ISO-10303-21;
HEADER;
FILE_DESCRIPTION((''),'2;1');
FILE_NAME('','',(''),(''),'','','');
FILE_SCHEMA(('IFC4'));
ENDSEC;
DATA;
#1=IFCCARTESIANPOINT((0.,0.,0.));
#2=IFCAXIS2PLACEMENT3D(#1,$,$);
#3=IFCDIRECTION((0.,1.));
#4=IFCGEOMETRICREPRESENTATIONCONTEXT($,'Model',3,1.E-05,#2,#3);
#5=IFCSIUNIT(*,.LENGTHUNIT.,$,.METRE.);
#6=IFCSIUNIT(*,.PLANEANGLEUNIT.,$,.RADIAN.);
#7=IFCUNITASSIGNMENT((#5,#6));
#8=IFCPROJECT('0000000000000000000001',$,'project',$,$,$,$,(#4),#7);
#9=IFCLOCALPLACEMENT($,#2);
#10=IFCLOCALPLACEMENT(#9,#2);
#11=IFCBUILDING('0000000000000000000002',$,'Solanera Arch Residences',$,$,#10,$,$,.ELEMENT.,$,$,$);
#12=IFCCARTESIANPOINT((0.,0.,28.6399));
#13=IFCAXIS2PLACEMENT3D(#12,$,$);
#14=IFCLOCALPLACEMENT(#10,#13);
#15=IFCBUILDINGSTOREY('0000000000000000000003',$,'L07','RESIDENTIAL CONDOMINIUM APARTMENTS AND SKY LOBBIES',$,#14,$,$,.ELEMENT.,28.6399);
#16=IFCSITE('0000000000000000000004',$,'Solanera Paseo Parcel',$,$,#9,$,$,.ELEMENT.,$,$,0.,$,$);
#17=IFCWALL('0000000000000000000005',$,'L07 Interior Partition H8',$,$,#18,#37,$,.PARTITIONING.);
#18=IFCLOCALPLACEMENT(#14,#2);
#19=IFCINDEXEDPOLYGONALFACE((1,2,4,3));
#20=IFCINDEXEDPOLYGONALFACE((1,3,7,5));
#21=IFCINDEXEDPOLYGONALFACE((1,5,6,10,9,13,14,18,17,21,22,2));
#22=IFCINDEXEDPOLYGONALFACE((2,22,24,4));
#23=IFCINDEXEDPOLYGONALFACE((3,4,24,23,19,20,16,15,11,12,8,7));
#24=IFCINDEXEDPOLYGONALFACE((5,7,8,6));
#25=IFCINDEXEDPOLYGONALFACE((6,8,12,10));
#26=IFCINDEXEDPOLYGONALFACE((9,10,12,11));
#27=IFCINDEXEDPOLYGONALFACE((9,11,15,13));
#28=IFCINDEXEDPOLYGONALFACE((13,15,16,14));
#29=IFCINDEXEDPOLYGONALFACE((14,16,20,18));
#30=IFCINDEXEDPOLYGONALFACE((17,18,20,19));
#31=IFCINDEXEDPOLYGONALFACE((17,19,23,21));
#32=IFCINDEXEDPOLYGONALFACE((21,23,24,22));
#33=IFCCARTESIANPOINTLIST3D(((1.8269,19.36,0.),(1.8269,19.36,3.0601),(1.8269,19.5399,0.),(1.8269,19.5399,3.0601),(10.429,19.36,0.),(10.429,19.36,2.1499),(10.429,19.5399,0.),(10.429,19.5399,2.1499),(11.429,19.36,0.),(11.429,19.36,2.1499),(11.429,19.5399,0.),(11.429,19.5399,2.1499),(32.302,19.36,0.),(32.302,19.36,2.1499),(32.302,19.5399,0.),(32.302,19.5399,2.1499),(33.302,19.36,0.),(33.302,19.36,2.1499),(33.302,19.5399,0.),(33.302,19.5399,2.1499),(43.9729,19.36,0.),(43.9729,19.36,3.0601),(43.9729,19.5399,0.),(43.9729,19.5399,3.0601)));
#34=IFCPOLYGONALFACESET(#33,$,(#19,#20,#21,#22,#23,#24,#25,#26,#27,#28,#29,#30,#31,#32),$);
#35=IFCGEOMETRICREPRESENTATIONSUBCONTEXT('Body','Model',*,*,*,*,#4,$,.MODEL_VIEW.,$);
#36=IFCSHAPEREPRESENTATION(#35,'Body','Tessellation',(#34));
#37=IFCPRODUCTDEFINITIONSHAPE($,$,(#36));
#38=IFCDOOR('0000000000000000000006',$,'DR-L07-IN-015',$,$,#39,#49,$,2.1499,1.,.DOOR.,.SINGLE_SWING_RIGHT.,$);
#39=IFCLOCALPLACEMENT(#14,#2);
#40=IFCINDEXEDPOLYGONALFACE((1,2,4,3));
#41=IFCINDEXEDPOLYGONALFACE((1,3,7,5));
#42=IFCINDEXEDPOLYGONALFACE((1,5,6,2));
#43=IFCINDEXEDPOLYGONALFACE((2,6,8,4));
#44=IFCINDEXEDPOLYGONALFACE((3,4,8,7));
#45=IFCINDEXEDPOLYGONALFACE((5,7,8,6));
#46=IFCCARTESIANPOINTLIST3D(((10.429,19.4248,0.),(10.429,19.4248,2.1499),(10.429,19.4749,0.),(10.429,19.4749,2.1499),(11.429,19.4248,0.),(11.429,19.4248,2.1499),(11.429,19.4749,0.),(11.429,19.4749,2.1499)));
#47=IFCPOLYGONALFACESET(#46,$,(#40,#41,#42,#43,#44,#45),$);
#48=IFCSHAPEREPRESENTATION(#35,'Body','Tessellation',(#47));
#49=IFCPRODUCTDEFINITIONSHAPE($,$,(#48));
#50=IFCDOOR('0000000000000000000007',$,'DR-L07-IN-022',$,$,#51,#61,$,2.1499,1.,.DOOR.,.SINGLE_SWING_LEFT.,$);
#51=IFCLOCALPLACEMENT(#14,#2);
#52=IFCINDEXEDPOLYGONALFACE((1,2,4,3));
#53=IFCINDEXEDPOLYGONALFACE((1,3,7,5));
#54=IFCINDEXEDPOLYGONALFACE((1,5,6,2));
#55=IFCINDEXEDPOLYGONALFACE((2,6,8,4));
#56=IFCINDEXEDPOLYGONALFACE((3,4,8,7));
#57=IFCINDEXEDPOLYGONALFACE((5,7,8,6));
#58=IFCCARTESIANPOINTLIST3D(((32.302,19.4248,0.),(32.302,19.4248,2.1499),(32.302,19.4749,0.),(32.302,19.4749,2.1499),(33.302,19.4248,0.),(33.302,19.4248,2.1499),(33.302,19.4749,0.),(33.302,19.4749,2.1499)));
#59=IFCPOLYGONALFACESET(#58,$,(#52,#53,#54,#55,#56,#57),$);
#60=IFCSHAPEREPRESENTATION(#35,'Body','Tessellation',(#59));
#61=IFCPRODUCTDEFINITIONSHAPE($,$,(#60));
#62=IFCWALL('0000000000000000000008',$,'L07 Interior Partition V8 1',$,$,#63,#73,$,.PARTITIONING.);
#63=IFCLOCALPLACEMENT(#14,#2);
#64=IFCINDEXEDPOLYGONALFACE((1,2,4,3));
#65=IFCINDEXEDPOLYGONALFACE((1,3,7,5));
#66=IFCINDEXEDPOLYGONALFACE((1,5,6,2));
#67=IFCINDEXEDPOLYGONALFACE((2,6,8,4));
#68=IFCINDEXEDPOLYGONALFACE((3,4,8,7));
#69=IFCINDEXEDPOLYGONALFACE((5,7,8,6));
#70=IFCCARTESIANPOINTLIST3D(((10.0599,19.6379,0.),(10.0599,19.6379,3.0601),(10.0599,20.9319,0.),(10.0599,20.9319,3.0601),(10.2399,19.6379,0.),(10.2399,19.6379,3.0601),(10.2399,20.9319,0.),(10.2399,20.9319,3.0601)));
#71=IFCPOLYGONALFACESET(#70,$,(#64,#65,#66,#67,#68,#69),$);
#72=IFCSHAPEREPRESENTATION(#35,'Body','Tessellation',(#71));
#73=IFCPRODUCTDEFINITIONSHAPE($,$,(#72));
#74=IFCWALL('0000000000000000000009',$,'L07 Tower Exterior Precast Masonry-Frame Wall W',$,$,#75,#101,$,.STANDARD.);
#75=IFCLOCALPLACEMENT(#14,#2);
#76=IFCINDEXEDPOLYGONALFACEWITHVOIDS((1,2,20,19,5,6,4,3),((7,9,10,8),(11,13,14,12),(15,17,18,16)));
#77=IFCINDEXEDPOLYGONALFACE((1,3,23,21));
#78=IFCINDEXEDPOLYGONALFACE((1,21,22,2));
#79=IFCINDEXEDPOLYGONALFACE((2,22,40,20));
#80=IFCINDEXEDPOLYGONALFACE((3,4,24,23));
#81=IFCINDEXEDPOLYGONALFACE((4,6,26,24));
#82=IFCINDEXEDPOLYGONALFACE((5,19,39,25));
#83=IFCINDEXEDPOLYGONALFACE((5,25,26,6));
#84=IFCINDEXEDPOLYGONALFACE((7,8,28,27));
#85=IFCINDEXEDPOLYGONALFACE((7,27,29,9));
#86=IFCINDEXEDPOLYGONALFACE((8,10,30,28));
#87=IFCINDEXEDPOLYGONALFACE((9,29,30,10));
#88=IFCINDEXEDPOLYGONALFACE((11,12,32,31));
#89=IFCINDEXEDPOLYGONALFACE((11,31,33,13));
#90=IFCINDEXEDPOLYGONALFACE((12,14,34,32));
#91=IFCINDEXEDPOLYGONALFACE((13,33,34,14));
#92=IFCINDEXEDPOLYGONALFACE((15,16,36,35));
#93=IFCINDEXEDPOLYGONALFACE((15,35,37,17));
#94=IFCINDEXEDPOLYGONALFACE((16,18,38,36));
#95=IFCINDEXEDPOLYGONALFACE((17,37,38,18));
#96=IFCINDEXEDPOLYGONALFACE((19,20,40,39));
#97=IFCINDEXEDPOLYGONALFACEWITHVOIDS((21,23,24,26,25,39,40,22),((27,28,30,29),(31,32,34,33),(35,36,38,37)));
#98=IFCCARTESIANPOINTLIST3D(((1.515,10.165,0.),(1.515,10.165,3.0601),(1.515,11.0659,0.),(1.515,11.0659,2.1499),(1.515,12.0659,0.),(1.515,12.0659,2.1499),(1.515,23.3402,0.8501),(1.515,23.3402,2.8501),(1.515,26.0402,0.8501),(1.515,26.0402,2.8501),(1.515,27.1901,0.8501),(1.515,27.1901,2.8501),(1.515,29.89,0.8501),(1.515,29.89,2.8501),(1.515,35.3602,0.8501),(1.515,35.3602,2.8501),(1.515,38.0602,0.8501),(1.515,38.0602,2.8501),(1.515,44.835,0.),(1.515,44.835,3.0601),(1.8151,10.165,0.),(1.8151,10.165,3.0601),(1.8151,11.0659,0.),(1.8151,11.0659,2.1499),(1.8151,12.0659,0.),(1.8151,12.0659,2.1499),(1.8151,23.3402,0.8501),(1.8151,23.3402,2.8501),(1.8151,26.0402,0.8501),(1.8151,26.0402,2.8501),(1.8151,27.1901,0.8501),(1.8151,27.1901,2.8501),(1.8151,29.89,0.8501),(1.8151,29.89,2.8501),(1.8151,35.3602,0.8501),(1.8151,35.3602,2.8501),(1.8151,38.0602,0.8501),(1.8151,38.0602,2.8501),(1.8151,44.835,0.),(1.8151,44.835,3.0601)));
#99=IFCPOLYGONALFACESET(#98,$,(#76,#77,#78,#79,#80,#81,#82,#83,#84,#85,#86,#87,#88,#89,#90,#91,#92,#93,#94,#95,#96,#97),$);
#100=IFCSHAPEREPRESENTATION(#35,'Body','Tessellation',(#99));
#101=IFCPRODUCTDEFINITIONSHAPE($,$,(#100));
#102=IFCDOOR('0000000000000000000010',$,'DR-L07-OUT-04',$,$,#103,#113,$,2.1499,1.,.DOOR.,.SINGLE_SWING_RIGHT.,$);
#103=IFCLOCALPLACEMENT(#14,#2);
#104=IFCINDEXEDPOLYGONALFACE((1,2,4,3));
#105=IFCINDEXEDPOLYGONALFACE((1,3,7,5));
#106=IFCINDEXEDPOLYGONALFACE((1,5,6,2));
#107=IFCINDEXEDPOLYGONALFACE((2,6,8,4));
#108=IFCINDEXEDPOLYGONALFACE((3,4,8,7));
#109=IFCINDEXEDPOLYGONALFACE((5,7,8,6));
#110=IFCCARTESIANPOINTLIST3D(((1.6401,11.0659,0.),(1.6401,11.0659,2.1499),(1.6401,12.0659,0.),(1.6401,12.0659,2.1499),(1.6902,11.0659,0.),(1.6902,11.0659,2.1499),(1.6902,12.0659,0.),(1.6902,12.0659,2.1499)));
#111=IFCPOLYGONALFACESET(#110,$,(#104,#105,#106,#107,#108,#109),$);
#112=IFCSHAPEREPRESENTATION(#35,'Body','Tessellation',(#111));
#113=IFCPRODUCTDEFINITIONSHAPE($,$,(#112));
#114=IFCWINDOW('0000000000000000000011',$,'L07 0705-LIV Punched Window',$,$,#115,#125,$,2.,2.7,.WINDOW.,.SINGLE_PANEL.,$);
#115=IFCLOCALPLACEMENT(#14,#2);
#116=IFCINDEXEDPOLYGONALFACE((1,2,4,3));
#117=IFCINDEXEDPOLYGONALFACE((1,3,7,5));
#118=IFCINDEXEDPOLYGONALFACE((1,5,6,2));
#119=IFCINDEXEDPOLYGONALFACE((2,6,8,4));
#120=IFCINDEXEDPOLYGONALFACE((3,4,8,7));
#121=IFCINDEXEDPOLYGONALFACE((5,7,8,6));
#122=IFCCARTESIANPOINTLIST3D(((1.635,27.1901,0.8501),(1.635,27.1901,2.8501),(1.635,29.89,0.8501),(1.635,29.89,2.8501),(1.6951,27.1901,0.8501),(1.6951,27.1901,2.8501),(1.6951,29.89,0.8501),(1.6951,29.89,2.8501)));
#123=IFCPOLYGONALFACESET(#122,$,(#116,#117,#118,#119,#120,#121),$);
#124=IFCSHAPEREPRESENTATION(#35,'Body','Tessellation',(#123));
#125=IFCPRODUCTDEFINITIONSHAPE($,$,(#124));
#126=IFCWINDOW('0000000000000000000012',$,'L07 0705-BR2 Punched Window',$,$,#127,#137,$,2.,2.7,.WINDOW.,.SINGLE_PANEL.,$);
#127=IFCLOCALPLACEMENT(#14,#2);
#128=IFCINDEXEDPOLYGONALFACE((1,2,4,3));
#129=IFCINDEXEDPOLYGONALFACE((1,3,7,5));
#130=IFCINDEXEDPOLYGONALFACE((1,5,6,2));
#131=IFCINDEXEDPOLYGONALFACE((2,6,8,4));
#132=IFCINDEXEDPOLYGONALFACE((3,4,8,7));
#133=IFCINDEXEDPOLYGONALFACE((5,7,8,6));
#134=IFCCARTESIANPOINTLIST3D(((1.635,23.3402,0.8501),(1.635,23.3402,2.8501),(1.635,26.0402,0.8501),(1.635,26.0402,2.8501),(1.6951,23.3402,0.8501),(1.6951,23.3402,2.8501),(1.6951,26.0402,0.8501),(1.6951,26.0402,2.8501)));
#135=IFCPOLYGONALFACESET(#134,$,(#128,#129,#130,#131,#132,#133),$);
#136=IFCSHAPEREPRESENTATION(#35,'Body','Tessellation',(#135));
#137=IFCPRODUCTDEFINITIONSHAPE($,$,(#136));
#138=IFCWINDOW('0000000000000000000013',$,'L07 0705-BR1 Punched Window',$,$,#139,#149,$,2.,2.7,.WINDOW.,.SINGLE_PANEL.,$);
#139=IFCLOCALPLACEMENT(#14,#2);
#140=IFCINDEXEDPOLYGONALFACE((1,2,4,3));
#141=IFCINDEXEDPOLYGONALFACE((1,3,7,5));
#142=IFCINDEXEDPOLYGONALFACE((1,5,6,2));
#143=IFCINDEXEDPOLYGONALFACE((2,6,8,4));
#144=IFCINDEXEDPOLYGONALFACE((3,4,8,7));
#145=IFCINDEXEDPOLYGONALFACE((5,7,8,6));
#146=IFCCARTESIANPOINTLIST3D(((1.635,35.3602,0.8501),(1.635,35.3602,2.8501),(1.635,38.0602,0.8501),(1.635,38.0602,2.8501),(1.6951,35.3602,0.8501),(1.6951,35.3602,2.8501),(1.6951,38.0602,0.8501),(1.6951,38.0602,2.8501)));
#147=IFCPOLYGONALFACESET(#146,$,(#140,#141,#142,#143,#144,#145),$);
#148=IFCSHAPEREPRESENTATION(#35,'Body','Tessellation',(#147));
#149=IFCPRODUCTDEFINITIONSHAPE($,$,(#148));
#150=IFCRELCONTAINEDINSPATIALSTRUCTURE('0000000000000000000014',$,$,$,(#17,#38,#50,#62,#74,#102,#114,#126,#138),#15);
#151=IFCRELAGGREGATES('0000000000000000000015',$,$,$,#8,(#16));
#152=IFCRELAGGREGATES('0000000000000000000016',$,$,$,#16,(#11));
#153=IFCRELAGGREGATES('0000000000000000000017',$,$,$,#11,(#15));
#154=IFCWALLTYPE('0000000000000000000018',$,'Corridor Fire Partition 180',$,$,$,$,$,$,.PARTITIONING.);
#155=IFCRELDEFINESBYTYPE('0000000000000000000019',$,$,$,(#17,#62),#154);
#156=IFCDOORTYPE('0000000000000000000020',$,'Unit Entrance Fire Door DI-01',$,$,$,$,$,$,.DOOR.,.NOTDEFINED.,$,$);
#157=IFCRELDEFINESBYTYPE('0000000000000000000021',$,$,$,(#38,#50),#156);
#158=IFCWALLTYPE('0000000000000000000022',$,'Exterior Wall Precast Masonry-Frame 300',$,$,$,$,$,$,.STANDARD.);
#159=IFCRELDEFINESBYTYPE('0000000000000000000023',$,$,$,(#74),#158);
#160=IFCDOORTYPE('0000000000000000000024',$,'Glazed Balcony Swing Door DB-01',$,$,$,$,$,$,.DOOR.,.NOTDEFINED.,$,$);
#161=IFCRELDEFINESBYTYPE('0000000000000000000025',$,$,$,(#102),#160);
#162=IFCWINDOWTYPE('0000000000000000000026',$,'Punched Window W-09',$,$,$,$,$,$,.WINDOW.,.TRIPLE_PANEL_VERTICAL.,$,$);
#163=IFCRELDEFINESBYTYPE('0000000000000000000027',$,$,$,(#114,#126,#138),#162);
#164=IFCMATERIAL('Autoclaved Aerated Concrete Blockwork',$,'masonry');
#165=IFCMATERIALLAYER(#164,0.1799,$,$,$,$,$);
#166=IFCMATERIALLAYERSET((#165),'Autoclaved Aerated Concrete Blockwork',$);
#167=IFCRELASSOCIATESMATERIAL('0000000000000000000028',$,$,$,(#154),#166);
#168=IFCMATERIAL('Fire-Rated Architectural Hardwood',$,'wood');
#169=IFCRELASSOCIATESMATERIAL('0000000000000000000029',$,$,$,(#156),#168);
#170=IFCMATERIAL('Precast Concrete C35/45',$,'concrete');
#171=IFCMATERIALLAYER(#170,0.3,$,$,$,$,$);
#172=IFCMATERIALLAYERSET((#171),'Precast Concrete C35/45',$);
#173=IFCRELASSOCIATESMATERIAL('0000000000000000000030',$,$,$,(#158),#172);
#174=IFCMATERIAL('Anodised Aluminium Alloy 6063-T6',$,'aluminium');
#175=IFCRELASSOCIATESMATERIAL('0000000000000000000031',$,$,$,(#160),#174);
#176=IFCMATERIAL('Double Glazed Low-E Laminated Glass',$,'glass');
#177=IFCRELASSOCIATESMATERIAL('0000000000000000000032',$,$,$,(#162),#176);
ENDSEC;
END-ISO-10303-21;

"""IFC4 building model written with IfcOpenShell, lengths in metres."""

from ifc_helpers import new_model, si_unit, direction, frame, frame_2d, origin, place, context, subcontext, project, spatial, rectangle, extrude, material, layer, layer_set, type_object, element, fill, save


model = new_model("IFC4")

# Units and contexts
model_context = context("Model", 3, precision=1e-05, world=origin(), true_north=direction((0.0, 1.0)))
body_context = subcontext(model_context, "Body", "Model", "MODEL_VIEW")
ifc_project = project(units=[si_unit("LENGTHUNIT", "METRE"), si_unit("PLANEANGLEUNIT", "RADIAN")], contexts=[model_context])

# Site, building, storey
site_placement = place(None, origin())
site = spatial("IfcSite", under=ifc_project, at=site_placement, Name="Solanera Paseo Parcel", CompositionType="ELEMENT", RefElevation=0.0)
building_placement = place(site_placement, origin())
building = spatial("IfcBuilding", under=site, at=building_placement, Name="Solanera Arch Residences", CompositionType="ELEMENT")
storey_placement = place(building_placement, frame((0.0, 0.0, 28.6399)))
storey = spatial("IfcBuildingStorey", under=building, at=storey_placement, Name="L07", Description="RESIDENTIAL CONDOMINIUM APARTMENTS AND SKY LOBBIES", CompositionType="ELEMENT", Elevation=28.6399)

# Wall, openings, doors
ifc_material_1 = material(Name="Autoclaved Aerated Concrete Blockwork", Category="masonry")
ifc_layer_1 = layer(ifc_material_1, 0.1799)
ifc_layer_set_1 = layer_set([ifc_layer_1], Name="Autoclaved Aerated Concrete Blockwork")
wall_type_1 = type_object("IfcWallType", Name="Corridor Fire Partition 180", PredefinedType="PARTITIONING", material=ifc_layer_set_1)
wall_1_placement = place(storey_placement, frame((1.8269, 19.45, 0.0), z_axis=(0.0, 0.0, 1.0), x_axis=(1.0, 0.0, 0.0)))
wall_1 = element("IfcWall", 1, at=wall_1_placement, inside=storey, type_object=wall_type_1, Name="L07 Interior Partition H8", PredefinedType="PARTITIONING", context=body_context, shape_type="SweptSolid", body=[
    extrude(rectangle(XDim=42.146, YDim=0.1799, at=frame_2d((21.073, 0.0))), origin(), (0.0, 0.0, 1.0), 3.0601),
])
opening_1_placement = place(wall_1_placement, frame((8.6021, 0.0, 0.0)))
opening_1 = element("IfcOpeningElement", 2, at=opening_1_placement, cuts=wall_1, PredefinedType="OPENING", context=body_context, shape_type="SweptSolid", body=[
    extrude(rectangle(XDim=1.0, YDim=2.1499, at=frame_2d((0.5, 1.075))), frame((0.0, 0.1001, 0.0), z_axis=(0.0, -1.0, 0.0), x_axis=(1.0, 0.0, 0.0)), (0.0, 0.0, 1.0), 0.1999),
])
opening_2_placement = place(wall_1_placement, frame((30.4751, 0.0, 0.0)))
opening_2 = element("IfcOpeningElement", 3, at=opening_2_placement, cuts=wall_1, PredefinedType="OPENING", context=body_context, shape_type="SweptSolid", body=[
    extrude(rectangle(XDim=1.0, YDim=2.1499, at=frame_2d((0.5, 1.075))), frame((0.0, 0.1001, 0.0), z_axis=(0.0, -1.0, 0.0), x_axis=(1.0, 0.0, 0.0)), (0.0, 0.0, 1.0), 0.1999),
])
ifc_material_2 = material(Name="Fire-Rated Architectural Hardwood", Category="wood")
door_type_1 = type_object("IfcDoorType", Name="Unit Entrance Fire Door DI-01", OperationType="NOTDEFINED", PredefinedType="DOOR", material=ifc_material_2)
door_1_placement = place(opening_1_placement, origin())
door_1 = element("IfcDoor", 4, at=door_1_placement, inside=storey, type_object=door_type_1, Name="DR-L07-IN-015", OperationType="SINGLE_SWING_RIGHT", OverallHeight=2.1499, OverallWidth=1.0, PredefinedType="DOOR", context=body_context, shape_type="SweptSolid", body=[
    extrude(rectangle(XDim=1.0, YDim=2.1499, at=frame_2d((0.5, 1.075))), frame((0.0, 0.0249, 0.0), z_axis=(0.0, -1.0, 0.0), x_axis=(1.0, 0.0, 0.0)), (0.0, 0.0, 1.0), 0.05),
])
fill(opening_1, door_1)
door_2_placement = place(opening_2_placement, origin())
door_2 = element("IfcDoor", 5, at=door_2_placement, inside=storey, type_object=door_type_1, Name="DR-L07-IN-022", OperationType="SINGLE_SWING_LEFT", OverallHeight=2.1499, OverallWidth=1.0, PredefinedType="DOOR", context=body_context, shape_type="SweptSolid", body=[
    extrude(rectangle(XDim=1.0, YDim=2.1499, at=frame_2d((0.5, 1.075))), frame((0.0, 0.0249, 0.0), z_axis=(0.0, -1.0, 0.0), x_axis=(1.0, 0.0, 0.0)), (0.0, 0.0, 1.0), 0.05),
])
fill(opening_2, door_2)

# Wall
wall_2_placement = place(storey_placement, frame((10.1499, 19.6379, 0.0), z_axis=(0.0, 0.0, 1.0), x_axis=(0.0, 1.0, 0.0)))
element("IfcWall", 6, at=wall_2_placement, inside=storey, type_object=wall_type_1, Name="L07 Interior Partition V8 1", PredefinedType="PARTITIONING", context=body_context, shape_type="SweptSolid", body=[
    extrude(rectangle(XDim=1.2939, YDim=0.1799, at=frame_2d((0.647, 0.0))), origin(), (0.0, 0.0, 1.0), 3.0601),
])

# Wall, openings, door, windows
ifc_material_3 = material(Name="Precast Concrete C35/45", Category="concrete")
ifc_layer_2 = layer(ifc_material_3, 0.3)
ifc_layer_set_2 = layer_set([ifc_layer_2], Name="Precast Concrete C35/45")
wall_type_2 = type_object("IfcWallType", Name="Exterior Wall Precast Masonry-Frame 300", PredefinedType="STANDARD", material=ifc_layer_set_2)
wall_3_placement = place(storey_placement, frame((1.665, 10.165, 0.0), z_axis=(0.0, 0.0, 1.0), x_axis=(0.0, 1.0, 0.0)))
wall_3 = element("IfcWall", 7, at=wall_3_placement, inside=storey, type_object=wall_type_2, Name="L07 Tower Exterior Precast Masonry-Frame Wall W", PredefinedType="STANDARD", context=body_context, shape_type="SweptSolid", body=[
    extrude(rectangle(XDim=34.6699, YDim=0.3, at=frame_2d((17.335, 0.0))), origin(), (0.0, 0.0, 1.0), 3.0601),
])
opening_3_placement = place(wall_3_placement, frame((0.9009, 0.0, 0.0)))
opening_3 = element("IfcOpeningElement", 8, at=opening_3_placement, cuts=wall_3, PredefinedType="OPENING", context=body_context, shape_type="SweptSolid", body=[
    extrude(rectangle(XDim=1.0, YDim=2.1499, at=frame_2d((0.5, 1.075))), frame((0.0, 0.1599, 0.0), z_axis=(0.0, -1.0, 0.0), x_axis=(1.0, 0.0, 0.0)), (0.0, 0.0, 1.0), 0.32),
])
opening_4_placement = place(wall_3_placement, frame((17.0249, 0.0, 0.8501)))
opening_4 = element("IfcOpeningElement", 9, at=opening_4_placement, cuts=wall_3, PredefinedType="OPENING", context=body_context, shape_type="SweptSolid", body=[
    extrude(rectangle(XDim=2.7, YDim=2.0, at=frame_2d((1.3501, 1.0))), frame((0.0, 0.1599, 0.0), z_axis=(0.0, -1.0, 0.0), x_axis=(1.0, 0.0, 0.0)), (0.0, 0.0, 1.0), 0.32),
])
opening_5_placement = place(wall_3_placement, frame((13.175, 0.0, 0.8501)))
opening_5 = element("IfcOpeningElement", 10, at=opening_5_placement, cuts=wall_3, PredefinedType="OPENING", context=body_context, shape_type="SweptSolid", body=[
    extrude(rectangle(XDim=2.7, YDim=2.0, at=frame_2d((1.3501, 1.0))), frame((0.0, 0.1599, 0.0), z_axis=(0.0, -1.0, 0.0), x_axis=(1.0, 0.0, 0.0)), (0.0, 0.0, 1.0), 0.32),
])
opening_6_placement = place(wall_3_placement, frame((25.1951, 0.0, 0.8501)))
opening_6 = element("IfcOpeningElement", 11, at=opening_6_placement, cuts=wall_3, PredefinedType="OPENING", context=body_context, shape_type="SweptSolid", body=[
    extrude(rectangle(XDim=2.7, YDim=2.0, at=frame_2d((1.3501, 1.0))), frame((0.0, 0.1599, 0.0), z_axis=(0.0, -1.0, 0.0), x_axis=(1.0, 0.0, 0.0)), (0.0, 0.0, 1.0), 0.32),
])
ifc_material_4 = material(Name="Anodised Aluminium Alloy 6063-T6", Category="aluminium")
door_type_2 = type_object("IfcDoorType", Name="Glazed Balcony Swing Door DB-01", OperationType="NOTDEFINED", PredefinedType="DOOR", material=ifc_material_4)
door_3_placement = place(opening_3_placement, origin())
door_3 = element("IfcDoor", 12, at=door_3_placement, inside=storey, type_object=door_type_2, Name="DR-L07-OUT-04", OperationType="SINGLE_SWING_RIGHT", OverallHeight=2.1499, OverallWidth=1.0, PredefinedType="DOOR", context=body_context, shape_type="SweptSolid", body=[
    extrude(rectangle(XDim=1.0, YDim=2.1499, at=frame_2d((0.5, 1.075))), frame((0.0, 0.0249, 0.0), z_axis=(0.0, -1.0, 0.0), x_axis=(1.0, 0.0, 0.0)), (0.0, 0.0, 1.0), 0.05),
])
fill(opening_3, door_3)
ifc_material_5 = material(Name="Double Glazed Low-E Laminated Glass", Category="glass")
window_type = type_object("IfcWindowType", Name="Punched Window W-09", PartitioningType="TRIPLE_PANEL_VERTICAL", PredefinedType="WINDOW", material=ifc_material_5)
window_1_placement = place(opening_4_placement, origin())
window_1 = element("IfcWindow", 13, at=window_1_placement, inside=storey, type_object=window_type, Name="L07 0705-LIV Punched Window", OverallHeight=2.0, OverallWidth=2.7, PartitioningType="SINGLE_PANEL", PredefinedType="WINDOW", context=body_context, shape_type="SweptSolid", body=[
    extrude(rectangle(XDim=2.7, YDim=2.0, at=frame_2d((1.3501, 1.0))), frame((0.0, 0.03, 0.0), z_axis=(0.0, -1.0, 0.0), x_axis=(1.0, 0.0, 0.0)), (0.0, 0.0, 1.0), 0.0601),
])
fill(opening_4, window_1)
window_2_placement = place(opening_5_placement, origin())
window_2 = element("IfcWindow", 14, at=window_2_placement, inside=storey, type_object=window_type, Name="L07 0705-BR2 Punched Window", OverallHeight=2.0, OverallWidth=2.7, PartitioningType="SINGLE_PANEL", PredefinedType="WINDOW", context=body_context, shape_type="SweptSolid", body=[
    extrude(rectangle(XDim=2.7, YDim=2.0, at=frame_2d((1.3501, 1.0))), frame((0.0, 0.03, 0.0), z_axis=(0.0, -1.0, 0.0), x_axis=(1.0, 0.0, 0.0)), (0.0, 0.0, 1.0), 0.0601),
])
fill(opening_5, window_2)
window_3_placement = place(opening_6_placement, origin())
window_3 = element("IfcWindow", 15, at=window_3_placement, inside=storey, type_object=window_type, Name="L07 0705-BR1 Punched Window", OverallHeight=2.0, OverallWidth=2.7, PartitioningType="SINGLE_PANEL", PredefinedType="WINDOW", context=body_context, shape_type="SweptSolid", body=[
    extrude(rectangle(XDim=2.7, YDim=2.0, at=frame_2d((1.3501, 1.0))), frame((0.0, 0.03, 0.0), z_axis=(0.0, -1.0, 0.0), x_axis=(1.0, 0.0, 0.0)), (0.0, 0.0, 1.0), 0.0601),
])
fill(opening_6, window_3)

save(model, "model.ifc")
